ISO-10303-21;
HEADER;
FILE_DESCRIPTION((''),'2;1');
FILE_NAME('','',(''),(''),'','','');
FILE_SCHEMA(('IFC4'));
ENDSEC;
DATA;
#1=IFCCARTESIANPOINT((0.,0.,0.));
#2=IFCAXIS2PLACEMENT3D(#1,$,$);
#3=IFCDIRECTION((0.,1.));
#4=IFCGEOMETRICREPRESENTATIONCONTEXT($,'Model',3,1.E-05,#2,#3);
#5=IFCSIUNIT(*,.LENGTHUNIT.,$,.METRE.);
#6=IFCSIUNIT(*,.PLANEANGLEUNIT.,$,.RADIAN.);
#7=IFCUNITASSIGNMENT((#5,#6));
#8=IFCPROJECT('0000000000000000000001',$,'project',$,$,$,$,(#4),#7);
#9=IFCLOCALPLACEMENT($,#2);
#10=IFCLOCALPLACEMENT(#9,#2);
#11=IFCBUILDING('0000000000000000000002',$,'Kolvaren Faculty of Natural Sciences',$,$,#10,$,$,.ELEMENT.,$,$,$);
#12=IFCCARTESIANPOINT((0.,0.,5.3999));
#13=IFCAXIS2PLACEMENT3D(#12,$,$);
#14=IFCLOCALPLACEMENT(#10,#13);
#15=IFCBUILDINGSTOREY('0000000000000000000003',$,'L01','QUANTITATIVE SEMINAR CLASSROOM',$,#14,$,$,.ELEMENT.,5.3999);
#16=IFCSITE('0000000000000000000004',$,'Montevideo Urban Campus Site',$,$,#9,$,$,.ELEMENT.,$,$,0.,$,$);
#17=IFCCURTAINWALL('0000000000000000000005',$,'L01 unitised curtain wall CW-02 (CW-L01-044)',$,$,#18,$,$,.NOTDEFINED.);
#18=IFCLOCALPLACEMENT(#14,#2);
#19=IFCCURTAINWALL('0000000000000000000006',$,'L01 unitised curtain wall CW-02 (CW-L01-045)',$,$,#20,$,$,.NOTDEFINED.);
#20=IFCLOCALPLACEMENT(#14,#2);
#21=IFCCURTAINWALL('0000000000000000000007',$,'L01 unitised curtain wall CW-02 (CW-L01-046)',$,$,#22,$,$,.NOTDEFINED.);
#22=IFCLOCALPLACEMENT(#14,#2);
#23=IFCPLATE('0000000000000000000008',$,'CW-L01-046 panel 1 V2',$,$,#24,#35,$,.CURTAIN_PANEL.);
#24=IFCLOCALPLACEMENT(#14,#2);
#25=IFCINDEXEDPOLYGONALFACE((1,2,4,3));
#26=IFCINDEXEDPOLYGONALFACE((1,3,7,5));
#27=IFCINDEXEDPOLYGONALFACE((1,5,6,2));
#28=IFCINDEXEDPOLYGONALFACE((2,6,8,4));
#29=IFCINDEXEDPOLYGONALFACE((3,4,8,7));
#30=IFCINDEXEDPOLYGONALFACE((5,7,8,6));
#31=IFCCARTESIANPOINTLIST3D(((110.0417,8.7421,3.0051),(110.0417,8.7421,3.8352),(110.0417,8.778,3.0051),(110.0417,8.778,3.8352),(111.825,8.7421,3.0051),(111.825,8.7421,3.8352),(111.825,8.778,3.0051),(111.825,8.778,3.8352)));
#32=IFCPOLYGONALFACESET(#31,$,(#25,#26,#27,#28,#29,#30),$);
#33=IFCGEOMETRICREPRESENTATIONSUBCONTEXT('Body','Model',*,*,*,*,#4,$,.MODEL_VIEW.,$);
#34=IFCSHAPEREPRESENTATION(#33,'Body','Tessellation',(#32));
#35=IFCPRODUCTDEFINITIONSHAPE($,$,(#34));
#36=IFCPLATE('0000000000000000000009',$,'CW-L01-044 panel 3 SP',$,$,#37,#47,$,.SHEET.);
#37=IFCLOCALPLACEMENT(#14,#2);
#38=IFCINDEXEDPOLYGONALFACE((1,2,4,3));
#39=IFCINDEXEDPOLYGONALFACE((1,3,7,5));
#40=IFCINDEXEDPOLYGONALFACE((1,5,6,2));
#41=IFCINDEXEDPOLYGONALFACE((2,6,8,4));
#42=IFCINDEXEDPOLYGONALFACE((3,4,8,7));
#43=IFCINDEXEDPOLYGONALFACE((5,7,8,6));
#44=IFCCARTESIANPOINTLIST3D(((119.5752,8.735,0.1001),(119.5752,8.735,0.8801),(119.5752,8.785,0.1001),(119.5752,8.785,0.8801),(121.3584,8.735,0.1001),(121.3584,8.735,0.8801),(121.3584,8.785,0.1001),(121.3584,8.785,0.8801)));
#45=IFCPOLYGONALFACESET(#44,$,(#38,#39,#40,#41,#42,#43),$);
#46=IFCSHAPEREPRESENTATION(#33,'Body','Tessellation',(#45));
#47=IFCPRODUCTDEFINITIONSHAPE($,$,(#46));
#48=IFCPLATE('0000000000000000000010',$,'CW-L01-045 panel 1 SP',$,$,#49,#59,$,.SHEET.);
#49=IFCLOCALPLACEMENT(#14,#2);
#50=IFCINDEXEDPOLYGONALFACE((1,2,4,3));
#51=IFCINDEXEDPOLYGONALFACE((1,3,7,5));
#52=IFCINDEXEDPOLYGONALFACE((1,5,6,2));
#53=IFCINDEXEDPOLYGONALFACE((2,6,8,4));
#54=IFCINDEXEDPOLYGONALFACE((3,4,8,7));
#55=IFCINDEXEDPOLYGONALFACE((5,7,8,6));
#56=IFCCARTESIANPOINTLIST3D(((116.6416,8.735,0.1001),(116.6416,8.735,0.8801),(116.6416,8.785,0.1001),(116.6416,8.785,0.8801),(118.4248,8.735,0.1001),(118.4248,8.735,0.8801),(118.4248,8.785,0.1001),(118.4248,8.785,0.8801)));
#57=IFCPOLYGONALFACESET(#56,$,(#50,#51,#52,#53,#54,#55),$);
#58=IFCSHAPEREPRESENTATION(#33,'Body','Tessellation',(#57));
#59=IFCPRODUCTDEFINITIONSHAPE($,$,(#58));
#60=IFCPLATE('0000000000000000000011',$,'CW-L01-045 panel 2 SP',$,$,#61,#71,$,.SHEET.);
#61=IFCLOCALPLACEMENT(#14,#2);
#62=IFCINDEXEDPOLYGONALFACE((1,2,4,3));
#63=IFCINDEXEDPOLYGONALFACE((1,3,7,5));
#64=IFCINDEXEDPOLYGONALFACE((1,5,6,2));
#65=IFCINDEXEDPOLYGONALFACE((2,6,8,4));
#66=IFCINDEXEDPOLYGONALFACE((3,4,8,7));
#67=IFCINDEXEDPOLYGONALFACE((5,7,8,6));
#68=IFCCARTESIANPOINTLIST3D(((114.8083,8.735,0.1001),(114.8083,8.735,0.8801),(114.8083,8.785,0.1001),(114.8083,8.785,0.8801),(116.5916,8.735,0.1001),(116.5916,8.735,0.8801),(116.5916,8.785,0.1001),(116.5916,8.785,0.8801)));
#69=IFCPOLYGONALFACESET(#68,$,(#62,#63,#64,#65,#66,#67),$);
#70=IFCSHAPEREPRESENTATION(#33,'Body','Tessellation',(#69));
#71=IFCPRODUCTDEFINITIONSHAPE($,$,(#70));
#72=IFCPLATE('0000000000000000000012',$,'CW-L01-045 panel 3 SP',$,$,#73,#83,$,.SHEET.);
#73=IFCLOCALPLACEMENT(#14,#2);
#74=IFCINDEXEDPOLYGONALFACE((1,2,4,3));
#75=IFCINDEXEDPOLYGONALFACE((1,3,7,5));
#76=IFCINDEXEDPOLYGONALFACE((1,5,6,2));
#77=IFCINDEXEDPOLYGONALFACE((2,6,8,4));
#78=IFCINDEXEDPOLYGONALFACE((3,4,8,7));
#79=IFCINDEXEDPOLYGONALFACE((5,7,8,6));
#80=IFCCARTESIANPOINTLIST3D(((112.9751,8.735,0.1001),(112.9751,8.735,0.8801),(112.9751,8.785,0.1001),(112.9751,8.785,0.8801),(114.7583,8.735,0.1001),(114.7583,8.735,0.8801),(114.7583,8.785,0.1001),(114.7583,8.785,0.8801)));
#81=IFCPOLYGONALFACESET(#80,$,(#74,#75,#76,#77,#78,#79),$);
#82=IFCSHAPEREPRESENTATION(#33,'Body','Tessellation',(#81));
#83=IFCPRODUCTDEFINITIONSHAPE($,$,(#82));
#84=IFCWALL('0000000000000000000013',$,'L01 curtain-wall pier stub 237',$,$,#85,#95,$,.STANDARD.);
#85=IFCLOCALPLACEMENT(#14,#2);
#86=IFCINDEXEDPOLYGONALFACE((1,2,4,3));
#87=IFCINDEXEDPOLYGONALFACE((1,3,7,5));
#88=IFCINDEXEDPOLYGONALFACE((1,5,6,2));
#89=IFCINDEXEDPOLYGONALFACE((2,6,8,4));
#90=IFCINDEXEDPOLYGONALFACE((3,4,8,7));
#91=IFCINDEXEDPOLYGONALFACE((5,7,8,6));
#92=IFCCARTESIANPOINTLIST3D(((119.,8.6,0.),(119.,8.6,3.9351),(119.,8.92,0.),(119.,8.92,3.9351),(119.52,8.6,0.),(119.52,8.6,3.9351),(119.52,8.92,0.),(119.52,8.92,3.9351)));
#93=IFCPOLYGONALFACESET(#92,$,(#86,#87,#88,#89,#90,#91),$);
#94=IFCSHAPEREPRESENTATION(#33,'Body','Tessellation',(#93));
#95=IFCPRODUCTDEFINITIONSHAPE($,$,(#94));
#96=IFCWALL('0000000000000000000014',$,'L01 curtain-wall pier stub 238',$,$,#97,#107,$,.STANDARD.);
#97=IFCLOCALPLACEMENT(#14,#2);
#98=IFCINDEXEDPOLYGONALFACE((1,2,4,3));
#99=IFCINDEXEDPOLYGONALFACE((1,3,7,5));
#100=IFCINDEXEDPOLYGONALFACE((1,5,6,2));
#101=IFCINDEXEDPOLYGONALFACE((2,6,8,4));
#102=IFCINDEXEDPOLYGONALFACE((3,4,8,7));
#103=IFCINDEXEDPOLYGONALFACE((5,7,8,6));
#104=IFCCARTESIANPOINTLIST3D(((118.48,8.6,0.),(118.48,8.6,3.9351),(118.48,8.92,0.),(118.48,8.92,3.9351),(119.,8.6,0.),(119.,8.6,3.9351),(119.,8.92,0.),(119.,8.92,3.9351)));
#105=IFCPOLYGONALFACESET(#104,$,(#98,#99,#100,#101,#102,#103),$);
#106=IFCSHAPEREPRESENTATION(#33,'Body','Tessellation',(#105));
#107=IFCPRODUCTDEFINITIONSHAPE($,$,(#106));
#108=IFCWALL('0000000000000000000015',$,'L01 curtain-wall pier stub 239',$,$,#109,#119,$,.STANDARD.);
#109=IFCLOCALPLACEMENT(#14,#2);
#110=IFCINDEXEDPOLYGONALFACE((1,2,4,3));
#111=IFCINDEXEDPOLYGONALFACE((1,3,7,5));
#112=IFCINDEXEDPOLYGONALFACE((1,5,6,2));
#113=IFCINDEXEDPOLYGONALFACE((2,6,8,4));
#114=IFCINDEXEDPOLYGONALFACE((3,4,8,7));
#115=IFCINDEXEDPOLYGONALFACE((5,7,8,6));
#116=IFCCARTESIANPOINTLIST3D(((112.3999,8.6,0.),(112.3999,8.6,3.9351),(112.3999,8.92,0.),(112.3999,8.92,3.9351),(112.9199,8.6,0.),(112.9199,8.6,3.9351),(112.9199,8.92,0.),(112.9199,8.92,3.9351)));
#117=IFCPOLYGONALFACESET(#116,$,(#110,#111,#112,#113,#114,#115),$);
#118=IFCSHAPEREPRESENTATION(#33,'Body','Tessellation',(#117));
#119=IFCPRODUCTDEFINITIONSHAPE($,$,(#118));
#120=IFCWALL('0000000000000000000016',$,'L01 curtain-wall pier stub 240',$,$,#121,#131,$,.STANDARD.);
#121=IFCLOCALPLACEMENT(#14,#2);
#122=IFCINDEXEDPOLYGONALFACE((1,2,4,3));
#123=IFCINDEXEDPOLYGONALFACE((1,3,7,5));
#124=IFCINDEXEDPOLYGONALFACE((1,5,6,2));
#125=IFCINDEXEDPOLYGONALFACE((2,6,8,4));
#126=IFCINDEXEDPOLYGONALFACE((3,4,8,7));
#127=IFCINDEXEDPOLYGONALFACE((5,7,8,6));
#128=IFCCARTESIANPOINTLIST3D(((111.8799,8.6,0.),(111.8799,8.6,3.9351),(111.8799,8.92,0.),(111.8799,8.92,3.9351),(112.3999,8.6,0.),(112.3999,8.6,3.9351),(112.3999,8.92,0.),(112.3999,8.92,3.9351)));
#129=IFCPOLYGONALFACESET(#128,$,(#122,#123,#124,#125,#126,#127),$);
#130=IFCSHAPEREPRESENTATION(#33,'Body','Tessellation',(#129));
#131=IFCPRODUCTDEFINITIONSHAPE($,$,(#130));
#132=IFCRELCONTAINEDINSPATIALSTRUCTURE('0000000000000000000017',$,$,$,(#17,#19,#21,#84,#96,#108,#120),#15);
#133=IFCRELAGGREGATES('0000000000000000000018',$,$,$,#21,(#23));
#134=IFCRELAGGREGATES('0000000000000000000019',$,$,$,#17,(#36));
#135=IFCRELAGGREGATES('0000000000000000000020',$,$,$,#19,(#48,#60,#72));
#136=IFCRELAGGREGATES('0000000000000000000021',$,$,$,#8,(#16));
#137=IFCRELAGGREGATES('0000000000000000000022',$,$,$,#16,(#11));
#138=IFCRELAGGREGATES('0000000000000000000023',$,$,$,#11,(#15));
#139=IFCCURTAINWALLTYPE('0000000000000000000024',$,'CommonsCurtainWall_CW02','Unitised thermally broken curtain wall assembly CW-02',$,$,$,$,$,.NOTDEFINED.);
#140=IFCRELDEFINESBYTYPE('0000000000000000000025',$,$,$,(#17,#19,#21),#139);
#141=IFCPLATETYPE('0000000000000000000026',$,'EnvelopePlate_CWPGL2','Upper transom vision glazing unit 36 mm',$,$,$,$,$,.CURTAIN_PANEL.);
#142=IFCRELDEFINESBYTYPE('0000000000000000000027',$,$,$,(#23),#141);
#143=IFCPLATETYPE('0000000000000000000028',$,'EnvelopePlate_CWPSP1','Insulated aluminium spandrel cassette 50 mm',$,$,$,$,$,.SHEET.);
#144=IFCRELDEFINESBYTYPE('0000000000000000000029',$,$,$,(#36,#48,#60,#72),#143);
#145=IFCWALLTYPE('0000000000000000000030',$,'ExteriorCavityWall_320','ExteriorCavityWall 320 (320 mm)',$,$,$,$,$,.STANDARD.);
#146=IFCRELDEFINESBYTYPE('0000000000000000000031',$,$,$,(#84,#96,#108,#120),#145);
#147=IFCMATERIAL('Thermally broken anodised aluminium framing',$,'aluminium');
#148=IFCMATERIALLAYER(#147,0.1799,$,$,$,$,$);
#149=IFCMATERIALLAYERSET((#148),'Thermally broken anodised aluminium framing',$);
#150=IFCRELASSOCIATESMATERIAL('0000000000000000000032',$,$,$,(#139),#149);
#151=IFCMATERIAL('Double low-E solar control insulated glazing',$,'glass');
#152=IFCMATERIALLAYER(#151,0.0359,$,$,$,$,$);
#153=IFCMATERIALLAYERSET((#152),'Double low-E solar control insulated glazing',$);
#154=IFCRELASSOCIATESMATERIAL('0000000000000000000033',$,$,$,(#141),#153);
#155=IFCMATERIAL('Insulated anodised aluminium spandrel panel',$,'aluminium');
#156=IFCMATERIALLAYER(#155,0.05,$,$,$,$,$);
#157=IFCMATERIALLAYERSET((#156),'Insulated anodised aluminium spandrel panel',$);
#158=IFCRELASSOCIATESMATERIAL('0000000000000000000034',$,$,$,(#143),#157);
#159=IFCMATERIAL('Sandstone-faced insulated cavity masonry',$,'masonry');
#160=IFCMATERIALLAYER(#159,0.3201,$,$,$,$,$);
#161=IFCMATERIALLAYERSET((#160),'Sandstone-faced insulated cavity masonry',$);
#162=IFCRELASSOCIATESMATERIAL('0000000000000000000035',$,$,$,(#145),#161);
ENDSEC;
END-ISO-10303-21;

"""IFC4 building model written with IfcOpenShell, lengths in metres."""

from ifc_helpers import new_model, si_unit, direction, frame, frame_2d, origin, origin_2d, place, context, subcontext, project, spatial, rectangle, extrude, material, layer, layer_set, type_object, element, aggregate, save


model = new_model("IFC4")

# Units and contexts
model_context = context("Model", 3, precision=1e-05, world=origin(), true_north=direction((0.0, 1.0)))
body_context = subcontext(model_context, "Body", "Model", "MODEL_VIEW")
ifc_project = project(units=[si_unit("LENGTHUNIT", "METRE"), si_unit("PLANEANGLEUNIT", "RADIAN")], contexts=[model_context])

# Site, building, storey
site_placement = place(None, origin())
site = spatial("IfcSite", under=ifc_project, at=site_placement, Name="Montevideo Urban Campus Site", CompositionType="ELEMENT", RefElevation=0.0)
building_placement = place(site_placement, origin())
building = spatial("IfcBuilding", under=site, at=building_placement, Name="Kolvaren Faculty of Natural Sciences", CompositionType="ELEMENT")
storey_placement = place(building_placement, frame((0.0, 0.0, 5.3999)))
storey = spatial("IfcBuildingStorey", under=building, at=storey_placement, Name="L01", Description="QUANTITATIVE SEMINAR CLASSROOM", CompositionType="ELEMENT", Elevation=5.3999)

# Curtain walls
ifc_material_1 = material(Name="Thermally broken anodised aluminium framing", Category="aluminium")
ifc_layer_1 = layer(ifc_material_1, 0.1799)
ifc_layer_set_1 = layer_set([ifc_layer_1], Name="Thermally broken anodised aluminium framing")
curtain_wall_type = type_object("IfcCurtainWallType", Name="CommonsCurtainWall_CW02", Description="Unitised thermally broken curtain wall assembly CW-02", PredefinedType="NOTDEFINED", material=ifc_layer_set_1)
curtain_wall_1_placement = place(storey_placement, origin())
curtain_wall_1 = element("IfcCurtainWall", 1, at=curtain_wall_1_placement, inside=storey, type_object=curtain_wall_type, Name="L01 unitised curtain wall CW-02 (CW-L01-044)", PredefinedType="NOTDEFINED")
curtain_wall_2_placement = place(storey_placement, origin())
curtain_wall_2 = element("IfcCurtainWall", 2, at=curtain_wall_2_placement, inside=storey, type_object=curtain_wall_type, Name="L01 unitised curtain wall CW-02 (CW-L01-045)", PredefinedType="NOTDEFINED")

# Curtain wall
curtain_wall_3_placement = place(storey_placement, origin())
curtain_wall_3 = element("IfcCurtainWall", 3, at=curtain_wall_3_placement, inside=storey, type_object=curtain_wall_type, Name="L01 unitised curtain wall CW-02 (CW-L01-046)", PredefinedType="NOTDEFINED")

# Plates
ifc_material_2 = material(Name="Double low-E solar control insulated glazing", Category="glass")
ifc_layer_2 = layer(ifc_material_2, 0.0359)
ifc_layer_set_2 = layer_set([ifc_layer_2], Name="Double low-E solar control insulated glazing")
plate_type_1 = type_object("IfcPlateType", Name="EnvelopePlate_CWPGL2", Description="Upper transom vision glazing unit 36 mm", PredefinedType="CURTAIN_PANEL", material=ifc_layer_set_2)
plate_1_placement = place(storey_placement, frame((110.9333, 8.76, 3.0051), z_axis=(0.0, 0.0, 1.0), x_axis=(-1.0, 0.0, 0.0)))
plate_1 = element("IfcPlate", 4, at=plate_1_placement, type_object=plate_type_1, Name="CW-L01-046 panel 1 V2", PredefinedType="CURTAIN_PANEL", context=body_context, shape_type="SweptSolid", body=[
    extrude(rectangle(XDim=1.7832, YDim=0.0359, at=origin_2d()), origin(), (0.0, 0.0, 1.0), 0.8301),
])
aggregate(curtain_wall_3, [plate_1])
ifc_material_3 = material(Name="Insulated anodised aluminium spandrel panel", Category="aluminium")
ifc_layer_3 = layer(ifc_material_3, 0.05)
ifc_layer_set_3 = layer_set([ifc_layer_3], Name="Insulated anodised aluminium spandrel panel")
plate_type_2 = type_object("IfcPlateType", Name="EnvelopePlate_CWPSP1", Description="Insulated aluminium spandrel cassette 50 mm", PredefinedType="SHEET", material=ifc_layer_set_3)
plate_2_placement = place(storey_placement, frame((120.4668, 8.76, 0.1001), z_axis=(0.0, 0.0, 1.0), x_axis=(-1.0, 0.0, 0.0)))
plate_2 = element("IfcPlate", 5, at=plate_2_placement, type_object=plate_type_2, Name="CW-L01-044 panel 3 SP", PredefinedType="SHEET", context=body_context, shape_type="SweptSolid", body=[
    extrude(rectangle(XDim=1.7832, YDim=0.05, at=origin_2d()), origin(), (0.0, 0.0, 1.0), 0.78),
])
aggregate(curtain_wall_1, [plate_2])
plate_3_placement = place(storey_placement, frame((117.5332, 8.76, 0.1001), z_axis=(0.0, 0.0, 1.0), x_axis=(-1.0, 0.0, 0.0)))
plate_3 = element("IfcPlate", 6, at=plate_3_placement, type_object=plate_type_2, Name="CW-L01-045 panel 1 SP", PredefinedType="SHEET", context=body_context, shape_type="SweptSolid", body=[
    extrude(rectangle(XDim=1.7832, YDim=0.05, at=origin_2d()), origin(), (0.0, 0.0, 1.0), 0.78),
])
plate_4_placement = place(storey_placement, frame((115.7, 8.76, 0.1001), z_axis=(0.0, 0.0, 1.0), x_axis=(-1.0, 0.0, 0.0)))
plate_4 = element("IfcPlate", 7, at=plate_4_placement, type_object=plate_type_2, Name="CW-L01-045 panel 2 SP", PredefinedType="SHEET", context=body_context, shape_type="SweptSolid", body=[
    extrude(rectangle(XDim=1.7832, YDim=0.05, at=origin_2d()), origin(), (0.0, 0.0, 1.0), 0.78),
])
plate_5_placement = place(storey_placement, frame((113.8667, 8.76, 0.1001), z_axis=(0.0, 0.0, 1.0), x_axis=(-1.0, 0.0, 0.0)))
plate_5 = element("IfcPlate", 8, at=plate_5_placement, type_object=plate_type_2, Name="CW-L01-045 panel 3 SP", PredefinedType="SHEET", context=body_context, shape_type="SweptSolid", body=[
    extrude(rectangle(XDim=1.7832, YDim=0.05, at=origin_2d()), origin(), (0.0, 0.0, 1.0), 0.78),
])
aggregate(curtain_wall_2, [plate_3, plate_4, plate_5])

# Walls
ifc_material_4 = material(Name="Sandstone-faced insulated cavity masonry", Category="masonry")
ifc_layer_4 = layer(ifc_material_4, 0.3201)
ifc_layer_set_4 = layer_set([ifc_layer_4], Name="Sandstone-faced insulated cavity masonry")
wall_type = type_object("IfcWallType", Name="ExteriorCavityWall_320", Description="ExteriorCavityWall 320 (320 mm)", PredefinedType="STANDARD", material=ifc_layer_set_4)
for number, where, z_axis, x_axis, name in (
    (9, (119.52, 8.76, 0.0), (0.0, 0.0, 1.0), (-1.0, 0.0, 0.0), "L01 curtain-wall pier stub 237"),
    (10, (119.0, 8.76, 0.0), (0.0, 0.0, 1.0), (-1.0, 0.0, 0.0), "L01 curtain-wall pier stub 238"),
    (11, (112.9199, 8.76, 0.0), (0.0, 0.0, 1.0), (-1.0, 0.0, 0.0), "L01 curtain-wall pier stub 239"),
    (12, (112.3999, 8.76, 0.0), (0.0, 0.0, 1.0), (-1.0, 0.0, 0.0), "L01 curtain-wall pier stub 240"),
):
    element("IfcWall", number, at=place(storey_placement, frame(where, z_axis=z_axis, x_axis=x_axis)), inside=storey, type_object=wall_type, Name=name, PredefinedType="STANDARD", context=body_context, shape_type="SweptSolid", body=[
        extrude(rectangle(XDim=0.52, YDim=0.3201, at=frame_2d((0.26, 0.0))), origin(), (0.0, 0.0, 1.0), 3.9351),
    ])

save(model, "model.ifc")
